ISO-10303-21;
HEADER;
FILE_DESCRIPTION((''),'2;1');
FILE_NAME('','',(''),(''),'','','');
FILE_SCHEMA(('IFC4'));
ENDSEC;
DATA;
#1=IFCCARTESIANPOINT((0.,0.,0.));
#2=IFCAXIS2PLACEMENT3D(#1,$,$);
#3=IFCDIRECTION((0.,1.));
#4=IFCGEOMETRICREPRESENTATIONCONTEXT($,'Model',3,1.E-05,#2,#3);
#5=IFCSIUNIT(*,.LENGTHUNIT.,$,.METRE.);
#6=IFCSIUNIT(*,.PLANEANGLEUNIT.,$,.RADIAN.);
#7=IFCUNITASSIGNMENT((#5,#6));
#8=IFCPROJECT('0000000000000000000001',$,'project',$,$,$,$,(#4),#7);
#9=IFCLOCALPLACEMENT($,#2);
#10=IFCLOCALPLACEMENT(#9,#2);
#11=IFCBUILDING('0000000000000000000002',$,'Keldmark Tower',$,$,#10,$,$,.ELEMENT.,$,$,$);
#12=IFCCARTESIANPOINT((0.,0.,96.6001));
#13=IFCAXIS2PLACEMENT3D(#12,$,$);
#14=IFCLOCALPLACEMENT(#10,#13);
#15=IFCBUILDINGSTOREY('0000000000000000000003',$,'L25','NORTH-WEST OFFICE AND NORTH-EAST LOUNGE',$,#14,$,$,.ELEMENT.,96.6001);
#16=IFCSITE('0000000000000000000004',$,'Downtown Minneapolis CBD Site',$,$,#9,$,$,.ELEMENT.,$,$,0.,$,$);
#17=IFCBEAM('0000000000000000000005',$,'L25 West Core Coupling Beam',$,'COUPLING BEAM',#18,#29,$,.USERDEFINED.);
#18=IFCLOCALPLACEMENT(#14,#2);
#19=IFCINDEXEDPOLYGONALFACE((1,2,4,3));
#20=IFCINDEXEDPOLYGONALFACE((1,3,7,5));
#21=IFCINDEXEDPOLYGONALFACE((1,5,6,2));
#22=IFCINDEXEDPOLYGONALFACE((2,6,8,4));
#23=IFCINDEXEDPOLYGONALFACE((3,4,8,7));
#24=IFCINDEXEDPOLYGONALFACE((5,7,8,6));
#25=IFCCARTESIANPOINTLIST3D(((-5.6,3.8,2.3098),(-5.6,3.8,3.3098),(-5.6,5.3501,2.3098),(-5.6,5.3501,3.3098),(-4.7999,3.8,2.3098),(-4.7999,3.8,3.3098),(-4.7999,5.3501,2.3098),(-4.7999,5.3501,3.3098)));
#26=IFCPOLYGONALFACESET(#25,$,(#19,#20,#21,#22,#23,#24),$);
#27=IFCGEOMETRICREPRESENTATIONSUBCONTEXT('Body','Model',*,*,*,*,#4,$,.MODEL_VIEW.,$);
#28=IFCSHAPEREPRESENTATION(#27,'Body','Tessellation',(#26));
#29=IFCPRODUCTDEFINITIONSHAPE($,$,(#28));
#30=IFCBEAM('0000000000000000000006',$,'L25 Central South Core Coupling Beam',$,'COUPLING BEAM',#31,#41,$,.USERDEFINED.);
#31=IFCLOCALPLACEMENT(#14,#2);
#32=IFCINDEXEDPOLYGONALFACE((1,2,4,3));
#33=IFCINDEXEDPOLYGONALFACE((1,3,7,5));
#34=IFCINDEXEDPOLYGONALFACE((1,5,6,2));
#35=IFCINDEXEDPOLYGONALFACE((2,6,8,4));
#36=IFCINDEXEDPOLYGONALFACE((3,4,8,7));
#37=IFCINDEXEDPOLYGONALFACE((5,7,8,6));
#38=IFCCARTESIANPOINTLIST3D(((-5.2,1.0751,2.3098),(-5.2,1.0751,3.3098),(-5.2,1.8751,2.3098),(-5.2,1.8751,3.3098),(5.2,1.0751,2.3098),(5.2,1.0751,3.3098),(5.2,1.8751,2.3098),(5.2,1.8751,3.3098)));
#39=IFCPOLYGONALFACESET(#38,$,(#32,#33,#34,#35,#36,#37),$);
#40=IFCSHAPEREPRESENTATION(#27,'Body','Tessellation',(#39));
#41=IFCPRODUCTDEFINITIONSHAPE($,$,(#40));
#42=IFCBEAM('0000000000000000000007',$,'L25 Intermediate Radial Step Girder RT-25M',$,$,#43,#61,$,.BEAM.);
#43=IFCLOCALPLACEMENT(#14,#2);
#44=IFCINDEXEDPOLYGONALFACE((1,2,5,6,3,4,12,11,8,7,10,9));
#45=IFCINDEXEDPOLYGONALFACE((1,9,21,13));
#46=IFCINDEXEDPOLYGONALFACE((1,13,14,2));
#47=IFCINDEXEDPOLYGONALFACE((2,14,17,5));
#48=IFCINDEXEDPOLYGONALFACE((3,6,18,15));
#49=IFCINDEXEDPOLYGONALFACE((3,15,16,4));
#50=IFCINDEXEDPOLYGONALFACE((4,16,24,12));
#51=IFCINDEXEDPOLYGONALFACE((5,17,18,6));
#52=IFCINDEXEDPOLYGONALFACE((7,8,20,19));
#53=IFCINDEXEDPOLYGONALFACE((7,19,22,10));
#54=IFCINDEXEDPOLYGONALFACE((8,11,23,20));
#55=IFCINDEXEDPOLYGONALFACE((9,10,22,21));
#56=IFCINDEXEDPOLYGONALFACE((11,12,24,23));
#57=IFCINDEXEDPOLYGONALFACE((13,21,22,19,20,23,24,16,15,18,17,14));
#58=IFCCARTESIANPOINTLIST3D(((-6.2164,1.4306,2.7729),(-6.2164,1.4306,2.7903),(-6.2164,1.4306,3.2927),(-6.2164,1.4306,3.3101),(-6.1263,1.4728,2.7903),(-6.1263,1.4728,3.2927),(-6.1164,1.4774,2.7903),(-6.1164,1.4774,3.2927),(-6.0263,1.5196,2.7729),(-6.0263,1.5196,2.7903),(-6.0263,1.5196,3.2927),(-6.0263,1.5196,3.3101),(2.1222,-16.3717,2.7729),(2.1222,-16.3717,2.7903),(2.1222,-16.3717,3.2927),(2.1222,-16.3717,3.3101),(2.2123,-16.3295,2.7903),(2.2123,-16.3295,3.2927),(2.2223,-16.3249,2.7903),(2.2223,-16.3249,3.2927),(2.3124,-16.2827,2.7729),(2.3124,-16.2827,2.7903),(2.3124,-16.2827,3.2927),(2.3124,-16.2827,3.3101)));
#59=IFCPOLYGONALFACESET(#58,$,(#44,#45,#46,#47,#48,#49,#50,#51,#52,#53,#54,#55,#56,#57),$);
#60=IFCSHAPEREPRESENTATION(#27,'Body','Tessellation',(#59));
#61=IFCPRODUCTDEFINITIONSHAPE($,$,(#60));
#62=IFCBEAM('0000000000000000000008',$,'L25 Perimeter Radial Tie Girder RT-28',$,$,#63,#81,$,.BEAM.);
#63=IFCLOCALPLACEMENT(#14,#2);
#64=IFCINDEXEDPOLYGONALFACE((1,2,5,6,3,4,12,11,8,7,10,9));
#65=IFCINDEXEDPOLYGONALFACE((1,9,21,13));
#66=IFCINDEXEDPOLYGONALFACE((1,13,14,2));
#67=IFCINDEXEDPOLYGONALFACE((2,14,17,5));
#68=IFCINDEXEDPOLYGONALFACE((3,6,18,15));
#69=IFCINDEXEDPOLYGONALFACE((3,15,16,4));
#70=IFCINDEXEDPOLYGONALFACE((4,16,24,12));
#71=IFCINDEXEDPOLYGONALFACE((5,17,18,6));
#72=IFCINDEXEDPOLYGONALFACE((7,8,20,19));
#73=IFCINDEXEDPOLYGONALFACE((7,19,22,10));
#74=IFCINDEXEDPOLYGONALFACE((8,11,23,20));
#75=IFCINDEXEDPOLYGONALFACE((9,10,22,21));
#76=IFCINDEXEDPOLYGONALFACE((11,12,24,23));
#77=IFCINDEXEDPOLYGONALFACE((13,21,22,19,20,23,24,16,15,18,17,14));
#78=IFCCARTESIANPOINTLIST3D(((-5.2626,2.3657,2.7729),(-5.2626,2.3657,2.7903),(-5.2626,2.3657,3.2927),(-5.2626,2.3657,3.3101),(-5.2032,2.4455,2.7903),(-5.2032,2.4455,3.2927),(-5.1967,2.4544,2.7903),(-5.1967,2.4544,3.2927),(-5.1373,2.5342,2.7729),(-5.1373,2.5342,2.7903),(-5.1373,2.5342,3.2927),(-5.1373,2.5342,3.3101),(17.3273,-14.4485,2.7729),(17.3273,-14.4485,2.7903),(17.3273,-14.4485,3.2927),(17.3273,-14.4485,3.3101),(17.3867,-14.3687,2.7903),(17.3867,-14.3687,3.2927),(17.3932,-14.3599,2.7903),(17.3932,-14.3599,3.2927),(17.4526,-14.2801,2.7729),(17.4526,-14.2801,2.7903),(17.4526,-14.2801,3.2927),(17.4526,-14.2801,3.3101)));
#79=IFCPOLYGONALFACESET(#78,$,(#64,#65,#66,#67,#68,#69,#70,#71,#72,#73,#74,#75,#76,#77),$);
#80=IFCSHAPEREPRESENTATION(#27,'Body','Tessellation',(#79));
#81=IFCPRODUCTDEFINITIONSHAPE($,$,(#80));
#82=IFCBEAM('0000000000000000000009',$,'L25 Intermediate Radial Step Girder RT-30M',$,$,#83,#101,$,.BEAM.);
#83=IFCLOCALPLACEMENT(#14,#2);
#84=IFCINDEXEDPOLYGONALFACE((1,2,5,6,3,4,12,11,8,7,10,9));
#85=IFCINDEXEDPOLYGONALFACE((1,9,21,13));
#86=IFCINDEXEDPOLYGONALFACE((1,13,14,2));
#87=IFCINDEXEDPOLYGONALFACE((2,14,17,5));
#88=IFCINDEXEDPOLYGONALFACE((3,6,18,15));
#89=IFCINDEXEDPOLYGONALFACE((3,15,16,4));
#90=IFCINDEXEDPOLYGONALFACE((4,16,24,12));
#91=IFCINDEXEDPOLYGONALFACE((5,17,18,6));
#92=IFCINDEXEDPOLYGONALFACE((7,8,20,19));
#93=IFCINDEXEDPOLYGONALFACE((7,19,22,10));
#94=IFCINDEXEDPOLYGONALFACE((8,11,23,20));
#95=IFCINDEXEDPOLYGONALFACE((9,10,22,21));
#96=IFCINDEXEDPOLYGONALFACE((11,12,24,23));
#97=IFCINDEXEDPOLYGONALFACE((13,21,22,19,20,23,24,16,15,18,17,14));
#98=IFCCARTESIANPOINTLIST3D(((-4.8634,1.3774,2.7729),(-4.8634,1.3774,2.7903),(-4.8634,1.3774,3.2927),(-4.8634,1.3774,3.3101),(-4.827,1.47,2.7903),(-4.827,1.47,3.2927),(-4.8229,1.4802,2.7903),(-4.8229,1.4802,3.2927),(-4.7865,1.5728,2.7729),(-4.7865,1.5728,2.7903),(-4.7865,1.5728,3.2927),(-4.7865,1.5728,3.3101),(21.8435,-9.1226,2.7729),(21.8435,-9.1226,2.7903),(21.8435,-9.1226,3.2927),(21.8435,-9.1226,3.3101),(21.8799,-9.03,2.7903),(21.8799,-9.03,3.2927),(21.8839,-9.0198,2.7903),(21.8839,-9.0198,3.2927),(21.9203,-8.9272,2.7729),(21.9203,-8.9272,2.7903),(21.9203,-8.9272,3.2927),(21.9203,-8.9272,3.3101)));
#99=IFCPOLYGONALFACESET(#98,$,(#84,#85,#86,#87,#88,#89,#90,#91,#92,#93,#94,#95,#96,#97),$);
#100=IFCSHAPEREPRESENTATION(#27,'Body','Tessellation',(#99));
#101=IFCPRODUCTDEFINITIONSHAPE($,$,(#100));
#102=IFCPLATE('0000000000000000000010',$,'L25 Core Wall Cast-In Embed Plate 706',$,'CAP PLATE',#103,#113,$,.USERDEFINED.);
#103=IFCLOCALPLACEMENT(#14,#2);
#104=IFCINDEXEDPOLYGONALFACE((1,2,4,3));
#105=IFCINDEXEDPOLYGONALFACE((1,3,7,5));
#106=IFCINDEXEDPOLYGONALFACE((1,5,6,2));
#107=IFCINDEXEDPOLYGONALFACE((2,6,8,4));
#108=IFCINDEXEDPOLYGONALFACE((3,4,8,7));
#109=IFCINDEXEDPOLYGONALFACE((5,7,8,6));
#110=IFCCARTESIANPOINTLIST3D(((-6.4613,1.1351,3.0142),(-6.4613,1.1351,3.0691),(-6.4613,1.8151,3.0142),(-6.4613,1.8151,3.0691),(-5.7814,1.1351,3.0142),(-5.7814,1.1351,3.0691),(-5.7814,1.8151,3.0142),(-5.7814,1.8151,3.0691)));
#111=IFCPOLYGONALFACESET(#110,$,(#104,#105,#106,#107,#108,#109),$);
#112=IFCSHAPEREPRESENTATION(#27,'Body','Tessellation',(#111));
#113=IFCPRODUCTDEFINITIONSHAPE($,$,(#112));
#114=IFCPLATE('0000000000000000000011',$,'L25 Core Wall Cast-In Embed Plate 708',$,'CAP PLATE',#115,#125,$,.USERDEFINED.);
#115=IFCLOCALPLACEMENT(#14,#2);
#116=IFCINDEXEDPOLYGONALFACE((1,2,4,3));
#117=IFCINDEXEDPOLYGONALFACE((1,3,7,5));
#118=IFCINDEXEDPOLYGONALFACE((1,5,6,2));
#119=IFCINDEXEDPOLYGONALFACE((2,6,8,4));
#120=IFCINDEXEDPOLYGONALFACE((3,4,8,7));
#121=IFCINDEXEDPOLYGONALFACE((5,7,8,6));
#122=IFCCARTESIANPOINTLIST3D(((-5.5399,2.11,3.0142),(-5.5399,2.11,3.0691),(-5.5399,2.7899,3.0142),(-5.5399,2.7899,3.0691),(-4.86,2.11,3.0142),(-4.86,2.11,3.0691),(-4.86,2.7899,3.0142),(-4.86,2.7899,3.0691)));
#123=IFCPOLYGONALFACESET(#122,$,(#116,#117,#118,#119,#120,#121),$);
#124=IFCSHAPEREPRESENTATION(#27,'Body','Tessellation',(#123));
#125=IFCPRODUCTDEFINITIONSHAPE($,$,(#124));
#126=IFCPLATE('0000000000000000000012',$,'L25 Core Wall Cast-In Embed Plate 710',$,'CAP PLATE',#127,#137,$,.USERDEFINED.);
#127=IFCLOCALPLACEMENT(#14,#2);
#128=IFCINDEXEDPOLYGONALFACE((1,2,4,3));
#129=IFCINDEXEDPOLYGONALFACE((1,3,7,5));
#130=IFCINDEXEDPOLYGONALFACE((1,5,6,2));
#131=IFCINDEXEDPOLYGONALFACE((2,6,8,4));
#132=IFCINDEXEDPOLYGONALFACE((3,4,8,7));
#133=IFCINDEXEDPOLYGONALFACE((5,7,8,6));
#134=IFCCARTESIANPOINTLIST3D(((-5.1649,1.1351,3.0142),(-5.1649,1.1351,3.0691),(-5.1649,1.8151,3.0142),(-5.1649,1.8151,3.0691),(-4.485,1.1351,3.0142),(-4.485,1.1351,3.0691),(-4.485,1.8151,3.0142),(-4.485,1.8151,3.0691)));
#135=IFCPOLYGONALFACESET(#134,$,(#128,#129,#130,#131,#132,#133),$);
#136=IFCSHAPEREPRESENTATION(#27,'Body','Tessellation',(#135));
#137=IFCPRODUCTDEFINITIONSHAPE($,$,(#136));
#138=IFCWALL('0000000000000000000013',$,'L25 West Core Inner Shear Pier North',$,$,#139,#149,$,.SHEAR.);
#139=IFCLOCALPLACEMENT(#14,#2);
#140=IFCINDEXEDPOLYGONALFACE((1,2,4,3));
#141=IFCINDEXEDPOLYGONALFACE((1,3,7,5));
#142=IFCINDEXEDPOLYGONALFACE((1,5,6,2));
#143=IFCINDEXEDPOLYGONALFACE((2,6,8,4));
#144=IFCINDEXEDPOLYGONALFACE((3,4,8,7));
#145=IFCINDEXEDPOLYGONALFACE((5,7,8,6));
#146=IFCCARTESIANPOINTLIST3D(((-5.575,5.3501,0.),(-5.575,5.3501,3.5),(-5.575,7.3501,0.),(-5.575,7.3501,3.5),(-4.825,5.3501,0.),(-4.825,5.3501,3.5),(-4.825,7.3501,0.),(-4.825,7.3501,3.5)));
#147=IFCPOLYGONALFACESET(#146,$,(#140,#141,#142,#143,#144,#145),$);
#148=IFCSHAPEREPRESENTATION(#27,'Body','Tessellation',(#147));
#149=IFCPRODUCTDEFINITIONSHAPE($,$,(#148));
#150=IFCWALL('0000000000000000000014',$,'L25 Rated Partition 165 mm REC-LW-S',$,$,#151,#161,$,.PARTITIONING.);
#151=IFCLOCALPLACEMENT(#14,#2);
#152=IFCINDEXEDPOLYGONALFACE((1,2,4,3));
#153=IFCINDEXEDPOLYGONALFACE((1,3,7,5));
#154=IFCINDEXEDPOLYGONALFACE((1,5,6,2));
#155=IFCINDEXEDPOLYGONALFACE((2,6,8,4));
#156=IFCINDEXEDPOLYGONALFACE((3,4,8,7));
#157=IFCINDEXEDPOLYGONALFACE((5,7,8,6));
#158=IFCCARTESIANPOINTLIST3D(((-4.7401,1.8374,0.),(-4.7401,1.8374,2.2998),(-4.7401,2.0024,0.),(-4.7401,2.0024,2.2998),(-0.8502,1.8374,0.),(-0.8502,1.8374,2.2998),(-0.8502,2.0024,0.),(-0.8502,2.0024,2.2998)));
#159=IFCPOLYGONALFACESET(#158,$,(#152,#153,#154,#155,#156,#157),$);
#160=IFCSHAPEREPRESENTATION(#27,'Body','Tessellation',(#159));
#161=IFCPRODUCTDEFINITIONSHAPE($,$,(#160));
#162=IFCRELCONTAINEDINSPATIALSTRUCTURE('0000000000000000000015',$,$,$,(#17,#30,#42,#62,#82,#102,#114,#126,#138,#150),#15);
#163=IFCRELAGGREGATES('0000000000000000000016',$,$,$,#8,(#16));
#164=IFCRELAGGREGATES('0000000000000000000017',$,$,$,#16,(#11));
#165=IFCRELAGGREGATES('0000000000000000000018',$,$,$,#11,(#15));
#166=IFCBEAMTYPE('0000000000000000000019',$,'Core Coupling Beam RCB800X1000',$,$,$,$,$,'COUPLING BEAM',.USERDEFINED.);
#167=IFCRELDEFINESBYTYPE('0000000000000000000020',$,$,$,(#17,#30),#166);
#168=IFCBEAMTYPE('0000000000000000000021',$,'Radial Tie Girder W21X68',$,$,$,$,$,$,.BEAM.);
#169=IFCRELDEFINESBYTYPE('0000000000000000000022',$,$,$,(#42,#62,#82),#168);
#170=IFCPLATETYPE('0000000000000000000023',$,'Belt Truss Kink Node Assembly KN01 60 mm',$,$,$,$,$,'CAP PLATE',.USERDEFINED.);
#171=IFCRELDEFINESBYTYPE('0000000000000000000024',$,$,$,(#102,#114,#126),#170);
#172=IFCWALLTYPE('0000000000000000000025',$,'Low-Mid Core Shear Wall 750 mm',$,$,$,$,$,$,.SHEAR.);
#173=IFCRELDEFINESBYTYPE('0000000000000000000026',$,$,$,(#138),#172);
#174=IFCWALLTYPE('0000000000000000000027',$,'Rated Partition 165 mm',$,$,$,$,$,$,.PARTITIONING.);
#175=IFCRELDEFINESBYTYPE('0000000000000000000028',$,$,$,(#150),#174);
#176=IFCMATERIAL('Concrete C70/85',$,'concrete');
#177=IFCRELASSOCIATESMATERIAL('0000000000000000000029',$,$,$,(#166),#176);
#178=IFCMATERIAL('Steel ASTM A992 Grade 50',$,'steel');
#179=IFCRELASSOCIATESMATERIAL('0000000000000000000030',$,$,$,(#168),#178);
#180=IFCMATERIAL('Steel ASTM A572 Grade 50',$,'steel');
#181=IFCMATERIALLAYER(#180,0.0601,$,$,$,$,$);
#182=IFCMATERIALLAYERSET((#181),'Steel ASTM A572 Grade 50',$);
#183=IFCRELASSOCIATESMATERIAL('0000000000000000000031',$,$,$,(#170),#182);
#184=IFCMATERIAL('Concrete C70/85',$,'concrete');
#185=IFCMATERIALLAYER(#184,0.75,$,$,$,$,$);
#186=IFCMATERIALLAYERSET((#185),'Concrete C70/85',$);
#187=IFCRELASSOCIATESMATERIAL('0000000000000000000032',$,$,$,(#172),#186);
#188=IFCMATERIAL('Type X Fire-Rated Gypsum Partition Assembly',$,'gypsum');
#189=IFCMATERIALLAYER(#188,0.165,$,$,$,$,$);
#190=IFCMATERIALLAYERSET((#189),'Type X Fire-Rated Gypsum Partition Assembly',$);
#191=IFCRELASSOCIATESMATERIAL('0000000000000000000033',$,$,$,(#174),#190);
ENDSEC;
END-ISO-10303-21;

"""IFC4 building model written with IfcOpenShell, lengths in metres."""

from ifc_helpers import new_model, si_unit, direction, frame, frame_2d, origin, origin_2d, place, context, subcontext, project, spatial, rectangle, i_section, extrude, material, layer, layer_set, material_profile, profile_set, type_object, element, save


model = new_model("IFC4")

# Units and contexts
model_context = context("Model", 3, precision=1e-05, world=origin(), true_north=direction((0.0, 1.0)))
body_context = subcontext(model_context, "Body", "Model", "MODEL_VIEW")
ifc_project = project(units=[si_unit("LENGTHUNIT", "METRE"), si_unit("PLANEANGLEUNIT", "RADIAN")], contexts=[model_context])

# Site, building, storey
site_placement = place(None, origin())
site = spatial("IfcSite", under=ifc_project, at=site_placement, Name="Downtown Minneapolis CBD Site", CompositionType="ELEMENT", RefElevation=0.0)
building_placement = place(site_placement, origin())
building = spatial("IfcBuilding", under=site, at=building_placement, Name="Keldmark Tower", CompositionType="ELEMENT")
storey_placement = place(building_placement, frame((0.0, 0.0, 96.6001)))
storey = spatial("IfcBuildingStorey", under=building, at=storey_placement, Name="L25", Description="NORTH-WEST OFFICE AND NORTH-EAST LOUNGE", CompositionType="ELEMENT", Elevation=96.6001)

# Beams
ifc_material_1 = material(Name="Concrete C70/85", Category="concrete")
ifc_material_profile_1 = material_profile(ifc_material_1, rectangle(XDim=0.8, YDim=1.0, at=origin_2d()), Name="RCB800X1000")
ifc_profile_set_1 = profile_set([ifc_material_profile_1], Name="Concrete C70/85")
beam_type_1 = type_object("IfcBeamType", Name="Core Coupling Beam RCB800X1000", ElementType="COUPLING BEAM", PredefinedType="USERDEFINED", material=ifc_profile_set_1)
beam_1_placement = place(storey_placement, frame((-5.2, 3.8, 2.8098), z_axis=(0.0, 1.0, 0.0), x_axis=(-1.0, 0.0, 0.0)))
element("IfcBeam", 1, at=beam_1_placement, inside=storey, type_object=beam_type_1, Name="L25 West Core Coupling Beam", ObjectType="COUPLING BEAM", PredefinedType="USERDEFINED", context=body_context, shape_type="SweptSolid", body=[
    extrude(rectangle(XDim=0.8, YDim=1.0, at=origin_2d()), origin(), (0.0, 0.0, 1.0), 1.55),
])
beam_2_placement = place(storey_placement, frame((-5.2, 1.4751, 2.8098), z_axis=(1.0, 0.0, 0.0), x_axis=(0.0, 1.0, 0.0)))
element("IfcBeam", 2, at=beam_2_placement, inside=storey, type_object=beam_type_1, Name="L25 Central South Core Coupling Beam", ObjectType="COUPLING BEAM", PredefinedType="USERDEFINED", context=body_context, shape_type="SweptSolid", body=[
    extrude(rectangle(XDim=0.8, YDim=1.0, at=origin_2d()), origin(), (0.0, 0.0, 1.0), 10.3999),
])
ifc_material_2 = material(Name="Steel ASTM A992 Grade 50", Category="steel")
ifc_material_profile_2 = material_profile(ifc_material_2, i_section(OverallWidth=0.21, OverallDepth=0.5371, WebThickness=0.011, FlangeThickness=0.0173, at=origin_2d()), Name="W21X68")
ifc_profile_set_2 = profile_set([ifc_material_profile_2], Name="Steel ASTM A992 Grade 50")
beam_type_2 = type_object("IfcBeamType", Name="Radial Tie Girder W21X68", PredefinedType="BEAM", material=ifc_profile_set_2)
beam_3_placement = place(storey_placement, frame((-6.1213, 1.4751, 3.0415), z_axis=(0.424176, -0.90558, 0.0), x_axis=(0.90558, 0.424176, 0.0)))
element("IfcBeam", 3, at=beam_3_placement, inside=storey, type_object=beam_type_2, Name="L25 Intermediate Radial Step Girder RT-25M", PredefinedType="BEAM", context=body_context, shape_type="SweptSolid", body=[
    extrude(i_section(OverallWidth=0.21, OverallDepth=0.5371, WebThickness=0.011, FlangeThickness=0.0173, at=origin_2d()), origin(), (0.0, 0.0, 1.0), 19.6584),
])
beam_4_placement = place(storey_placement, frame((-5.2, 2.45, 3.0415), z_axis=(0.802179, -0.597083, 0.0), x_axis=(0.597083, 0.802179, 0.0)))
element("IfcBeam", 4, at=beam_4_placement, inside=storey, type_object=beam_type_2, Name="L25 Perimeter Radial Tie Girder RT-28", PredefinedType="BEAM", context=body_context, shape_type="SweptSolid", body=[
    extrude(i_section(OverallWidth=0.21, OverallDepth=0.5371, WebThickness=0.011, FlangeThickness=0.0173, at=origin_2d()), origin(), (0.0, 0.0, 1.0), 28.1606),
])
beam_5_placement = place(storey_placement, frame((-4.825, 1.4751, 3.0415), z_axis=(0.930656, -0.365895, 0.0), x_axis=(0.365895, 0.930656, 0.0)))
element("IfcBeam", 5, at=beam_5_placement, inside=storey, type_object=beam_type_2, Name="L25 Intermediate Radial Step Girder RT-30M", PredefinedType="BEAM", context=body_context, shape_type="SweptSolid", body=[
    extrude(i_section(OverallWidth=0.21, OverallDepth=0.5371, WebThickness=0.011, FlangeThickness=0.0173, at=origin_2d()), origin(), (0.0, 0.0, 1.0), 28.6968),
])

# Plates
ifc_material_3 = material(Name="Steel ASTM A572 Grade 50", Category="steel")
ifc_layer_1 = layer(ifc_material_3, 0.0601)
ifc_layer_set_1 = layer_set([ifc_layer_1], Name="Steel ASTM A572 Grade 50")
plate_type = type_object("IfcPlateType", Name="Belt Truss Kink Node Assembly KN01 60 mm", ElementType="CAP PLATE", PredefinedType="USERDEFINED", material=ifc_layer_set_1)
for number, where, z_axis, x_axis, name in (
    (6, (-6.1213, 1.4751, 3.0142), (0.0, 0.0, 1.0), (1.0, 0.0, 0.0), "L25 Core Wall Cast-In Embed Plate 706"),
    (7, (-5.2, 2.45, 3.0142), (0.0, 0.0, 1.0), (1.0, 0.0, 0.0), "L25 Core Wall Cast-In Embed Plate 708"),
    (8, (-4.825, 1.4751, 3.0142), (0.0, 0.0, 1.0), (1.0, 0.0, 0.0), "L25 Core Wall Cast-In Embed Plate 710"),
):
    element("IfcPlate", number, at=place(storey_placement, frame(where, z_axis=z_axis, x_axis=x_axis)), inside=storey, type_object=plate_type, Name=name, ObjectType="CAP PLATE", PredefinedType="USERDEFINED", context=body_context, shape_type="SweptSolid", body=[
        extrude(rectangle(XDim=0.6799, YDim=0.6799, at=origin_2d()), origin(), (0.0, 0.0, 1.0), 0.0549),
    ])

# Shared definitions
ifc_material_4 = material(Name="Concrete C70/85", Category="concrete")
ifc_layer_2 = layer(ifc_material_4, 0.75)
ifc_layer_set_2 = layer_set([ifc_layer_2], Name="Concrete C70/85")
wall_type_1 = type_object("IfcWallType", Name="Low-Mid Core Shear Wall 750 mm", PredefinedType="SHEAR", material=ifc_layer_set_2)

# Walls
wall_1_placement = place(storey_placement, frame((-5.2, 5.3501, 0.0), z_axis=(0.0, 0.0, 1.0), x_axis=(0.0, 1.0, 0.0)))
element("IfcWall", 9, at=wall_1_placement, inside=storey, type_object=wall_type_1, Name="L25 West Core Inner Shear Pier North", PredefinedType="SHEAR", context=body_context, shape_type="SweptSolid", body=[
    extrude(rectangle(XDim=2.0, YDim=0.75, at=frame_2d((1.0, 0.0))), origin(), (0.0, 0.0, 1.0), 3.5),
])
ifc_material_5 = material(Name="Type X Fire-Rated Gypsum Partition Assembly", Category="gypsum")
ifc_layer_3 = layer(ifc_material_5, 0.165)
ifc_layer_set_3 = layer_set([ifc_layer_3], Name="Type X Fire-Rated Gypsum Partition Assembly")
wall_type_2 = type_object("IfcWallType", Name="Rated Partition 165 mm", PredefinedType="PARTITIONING", material=ifc_layer_set_3)
wall_2_placement = place(storey_placement, frame((-4.74, 1.9199, 0.0), z_axis=(0.0, 0.0, 1.0), x_axis=(1.0, 0.0, 0.0)))
element("IfcWall", 10, at=wall_2_placement, inside=storey, type_object=wall_type_2, Name="L25 Rated Partition 165 mm REC-LW-S", PredefinedType="PARTITIONING", context=body_context, shape_type="SweptSolid", body=[
    extrude(rectangle(XDim=3.8899, YDim=0.165, at=frame_2d((1.9448, 0.0))), origin(), (0.0, 0.0, 1.0), 2.2998),
])

save(model, "model.ifc")
